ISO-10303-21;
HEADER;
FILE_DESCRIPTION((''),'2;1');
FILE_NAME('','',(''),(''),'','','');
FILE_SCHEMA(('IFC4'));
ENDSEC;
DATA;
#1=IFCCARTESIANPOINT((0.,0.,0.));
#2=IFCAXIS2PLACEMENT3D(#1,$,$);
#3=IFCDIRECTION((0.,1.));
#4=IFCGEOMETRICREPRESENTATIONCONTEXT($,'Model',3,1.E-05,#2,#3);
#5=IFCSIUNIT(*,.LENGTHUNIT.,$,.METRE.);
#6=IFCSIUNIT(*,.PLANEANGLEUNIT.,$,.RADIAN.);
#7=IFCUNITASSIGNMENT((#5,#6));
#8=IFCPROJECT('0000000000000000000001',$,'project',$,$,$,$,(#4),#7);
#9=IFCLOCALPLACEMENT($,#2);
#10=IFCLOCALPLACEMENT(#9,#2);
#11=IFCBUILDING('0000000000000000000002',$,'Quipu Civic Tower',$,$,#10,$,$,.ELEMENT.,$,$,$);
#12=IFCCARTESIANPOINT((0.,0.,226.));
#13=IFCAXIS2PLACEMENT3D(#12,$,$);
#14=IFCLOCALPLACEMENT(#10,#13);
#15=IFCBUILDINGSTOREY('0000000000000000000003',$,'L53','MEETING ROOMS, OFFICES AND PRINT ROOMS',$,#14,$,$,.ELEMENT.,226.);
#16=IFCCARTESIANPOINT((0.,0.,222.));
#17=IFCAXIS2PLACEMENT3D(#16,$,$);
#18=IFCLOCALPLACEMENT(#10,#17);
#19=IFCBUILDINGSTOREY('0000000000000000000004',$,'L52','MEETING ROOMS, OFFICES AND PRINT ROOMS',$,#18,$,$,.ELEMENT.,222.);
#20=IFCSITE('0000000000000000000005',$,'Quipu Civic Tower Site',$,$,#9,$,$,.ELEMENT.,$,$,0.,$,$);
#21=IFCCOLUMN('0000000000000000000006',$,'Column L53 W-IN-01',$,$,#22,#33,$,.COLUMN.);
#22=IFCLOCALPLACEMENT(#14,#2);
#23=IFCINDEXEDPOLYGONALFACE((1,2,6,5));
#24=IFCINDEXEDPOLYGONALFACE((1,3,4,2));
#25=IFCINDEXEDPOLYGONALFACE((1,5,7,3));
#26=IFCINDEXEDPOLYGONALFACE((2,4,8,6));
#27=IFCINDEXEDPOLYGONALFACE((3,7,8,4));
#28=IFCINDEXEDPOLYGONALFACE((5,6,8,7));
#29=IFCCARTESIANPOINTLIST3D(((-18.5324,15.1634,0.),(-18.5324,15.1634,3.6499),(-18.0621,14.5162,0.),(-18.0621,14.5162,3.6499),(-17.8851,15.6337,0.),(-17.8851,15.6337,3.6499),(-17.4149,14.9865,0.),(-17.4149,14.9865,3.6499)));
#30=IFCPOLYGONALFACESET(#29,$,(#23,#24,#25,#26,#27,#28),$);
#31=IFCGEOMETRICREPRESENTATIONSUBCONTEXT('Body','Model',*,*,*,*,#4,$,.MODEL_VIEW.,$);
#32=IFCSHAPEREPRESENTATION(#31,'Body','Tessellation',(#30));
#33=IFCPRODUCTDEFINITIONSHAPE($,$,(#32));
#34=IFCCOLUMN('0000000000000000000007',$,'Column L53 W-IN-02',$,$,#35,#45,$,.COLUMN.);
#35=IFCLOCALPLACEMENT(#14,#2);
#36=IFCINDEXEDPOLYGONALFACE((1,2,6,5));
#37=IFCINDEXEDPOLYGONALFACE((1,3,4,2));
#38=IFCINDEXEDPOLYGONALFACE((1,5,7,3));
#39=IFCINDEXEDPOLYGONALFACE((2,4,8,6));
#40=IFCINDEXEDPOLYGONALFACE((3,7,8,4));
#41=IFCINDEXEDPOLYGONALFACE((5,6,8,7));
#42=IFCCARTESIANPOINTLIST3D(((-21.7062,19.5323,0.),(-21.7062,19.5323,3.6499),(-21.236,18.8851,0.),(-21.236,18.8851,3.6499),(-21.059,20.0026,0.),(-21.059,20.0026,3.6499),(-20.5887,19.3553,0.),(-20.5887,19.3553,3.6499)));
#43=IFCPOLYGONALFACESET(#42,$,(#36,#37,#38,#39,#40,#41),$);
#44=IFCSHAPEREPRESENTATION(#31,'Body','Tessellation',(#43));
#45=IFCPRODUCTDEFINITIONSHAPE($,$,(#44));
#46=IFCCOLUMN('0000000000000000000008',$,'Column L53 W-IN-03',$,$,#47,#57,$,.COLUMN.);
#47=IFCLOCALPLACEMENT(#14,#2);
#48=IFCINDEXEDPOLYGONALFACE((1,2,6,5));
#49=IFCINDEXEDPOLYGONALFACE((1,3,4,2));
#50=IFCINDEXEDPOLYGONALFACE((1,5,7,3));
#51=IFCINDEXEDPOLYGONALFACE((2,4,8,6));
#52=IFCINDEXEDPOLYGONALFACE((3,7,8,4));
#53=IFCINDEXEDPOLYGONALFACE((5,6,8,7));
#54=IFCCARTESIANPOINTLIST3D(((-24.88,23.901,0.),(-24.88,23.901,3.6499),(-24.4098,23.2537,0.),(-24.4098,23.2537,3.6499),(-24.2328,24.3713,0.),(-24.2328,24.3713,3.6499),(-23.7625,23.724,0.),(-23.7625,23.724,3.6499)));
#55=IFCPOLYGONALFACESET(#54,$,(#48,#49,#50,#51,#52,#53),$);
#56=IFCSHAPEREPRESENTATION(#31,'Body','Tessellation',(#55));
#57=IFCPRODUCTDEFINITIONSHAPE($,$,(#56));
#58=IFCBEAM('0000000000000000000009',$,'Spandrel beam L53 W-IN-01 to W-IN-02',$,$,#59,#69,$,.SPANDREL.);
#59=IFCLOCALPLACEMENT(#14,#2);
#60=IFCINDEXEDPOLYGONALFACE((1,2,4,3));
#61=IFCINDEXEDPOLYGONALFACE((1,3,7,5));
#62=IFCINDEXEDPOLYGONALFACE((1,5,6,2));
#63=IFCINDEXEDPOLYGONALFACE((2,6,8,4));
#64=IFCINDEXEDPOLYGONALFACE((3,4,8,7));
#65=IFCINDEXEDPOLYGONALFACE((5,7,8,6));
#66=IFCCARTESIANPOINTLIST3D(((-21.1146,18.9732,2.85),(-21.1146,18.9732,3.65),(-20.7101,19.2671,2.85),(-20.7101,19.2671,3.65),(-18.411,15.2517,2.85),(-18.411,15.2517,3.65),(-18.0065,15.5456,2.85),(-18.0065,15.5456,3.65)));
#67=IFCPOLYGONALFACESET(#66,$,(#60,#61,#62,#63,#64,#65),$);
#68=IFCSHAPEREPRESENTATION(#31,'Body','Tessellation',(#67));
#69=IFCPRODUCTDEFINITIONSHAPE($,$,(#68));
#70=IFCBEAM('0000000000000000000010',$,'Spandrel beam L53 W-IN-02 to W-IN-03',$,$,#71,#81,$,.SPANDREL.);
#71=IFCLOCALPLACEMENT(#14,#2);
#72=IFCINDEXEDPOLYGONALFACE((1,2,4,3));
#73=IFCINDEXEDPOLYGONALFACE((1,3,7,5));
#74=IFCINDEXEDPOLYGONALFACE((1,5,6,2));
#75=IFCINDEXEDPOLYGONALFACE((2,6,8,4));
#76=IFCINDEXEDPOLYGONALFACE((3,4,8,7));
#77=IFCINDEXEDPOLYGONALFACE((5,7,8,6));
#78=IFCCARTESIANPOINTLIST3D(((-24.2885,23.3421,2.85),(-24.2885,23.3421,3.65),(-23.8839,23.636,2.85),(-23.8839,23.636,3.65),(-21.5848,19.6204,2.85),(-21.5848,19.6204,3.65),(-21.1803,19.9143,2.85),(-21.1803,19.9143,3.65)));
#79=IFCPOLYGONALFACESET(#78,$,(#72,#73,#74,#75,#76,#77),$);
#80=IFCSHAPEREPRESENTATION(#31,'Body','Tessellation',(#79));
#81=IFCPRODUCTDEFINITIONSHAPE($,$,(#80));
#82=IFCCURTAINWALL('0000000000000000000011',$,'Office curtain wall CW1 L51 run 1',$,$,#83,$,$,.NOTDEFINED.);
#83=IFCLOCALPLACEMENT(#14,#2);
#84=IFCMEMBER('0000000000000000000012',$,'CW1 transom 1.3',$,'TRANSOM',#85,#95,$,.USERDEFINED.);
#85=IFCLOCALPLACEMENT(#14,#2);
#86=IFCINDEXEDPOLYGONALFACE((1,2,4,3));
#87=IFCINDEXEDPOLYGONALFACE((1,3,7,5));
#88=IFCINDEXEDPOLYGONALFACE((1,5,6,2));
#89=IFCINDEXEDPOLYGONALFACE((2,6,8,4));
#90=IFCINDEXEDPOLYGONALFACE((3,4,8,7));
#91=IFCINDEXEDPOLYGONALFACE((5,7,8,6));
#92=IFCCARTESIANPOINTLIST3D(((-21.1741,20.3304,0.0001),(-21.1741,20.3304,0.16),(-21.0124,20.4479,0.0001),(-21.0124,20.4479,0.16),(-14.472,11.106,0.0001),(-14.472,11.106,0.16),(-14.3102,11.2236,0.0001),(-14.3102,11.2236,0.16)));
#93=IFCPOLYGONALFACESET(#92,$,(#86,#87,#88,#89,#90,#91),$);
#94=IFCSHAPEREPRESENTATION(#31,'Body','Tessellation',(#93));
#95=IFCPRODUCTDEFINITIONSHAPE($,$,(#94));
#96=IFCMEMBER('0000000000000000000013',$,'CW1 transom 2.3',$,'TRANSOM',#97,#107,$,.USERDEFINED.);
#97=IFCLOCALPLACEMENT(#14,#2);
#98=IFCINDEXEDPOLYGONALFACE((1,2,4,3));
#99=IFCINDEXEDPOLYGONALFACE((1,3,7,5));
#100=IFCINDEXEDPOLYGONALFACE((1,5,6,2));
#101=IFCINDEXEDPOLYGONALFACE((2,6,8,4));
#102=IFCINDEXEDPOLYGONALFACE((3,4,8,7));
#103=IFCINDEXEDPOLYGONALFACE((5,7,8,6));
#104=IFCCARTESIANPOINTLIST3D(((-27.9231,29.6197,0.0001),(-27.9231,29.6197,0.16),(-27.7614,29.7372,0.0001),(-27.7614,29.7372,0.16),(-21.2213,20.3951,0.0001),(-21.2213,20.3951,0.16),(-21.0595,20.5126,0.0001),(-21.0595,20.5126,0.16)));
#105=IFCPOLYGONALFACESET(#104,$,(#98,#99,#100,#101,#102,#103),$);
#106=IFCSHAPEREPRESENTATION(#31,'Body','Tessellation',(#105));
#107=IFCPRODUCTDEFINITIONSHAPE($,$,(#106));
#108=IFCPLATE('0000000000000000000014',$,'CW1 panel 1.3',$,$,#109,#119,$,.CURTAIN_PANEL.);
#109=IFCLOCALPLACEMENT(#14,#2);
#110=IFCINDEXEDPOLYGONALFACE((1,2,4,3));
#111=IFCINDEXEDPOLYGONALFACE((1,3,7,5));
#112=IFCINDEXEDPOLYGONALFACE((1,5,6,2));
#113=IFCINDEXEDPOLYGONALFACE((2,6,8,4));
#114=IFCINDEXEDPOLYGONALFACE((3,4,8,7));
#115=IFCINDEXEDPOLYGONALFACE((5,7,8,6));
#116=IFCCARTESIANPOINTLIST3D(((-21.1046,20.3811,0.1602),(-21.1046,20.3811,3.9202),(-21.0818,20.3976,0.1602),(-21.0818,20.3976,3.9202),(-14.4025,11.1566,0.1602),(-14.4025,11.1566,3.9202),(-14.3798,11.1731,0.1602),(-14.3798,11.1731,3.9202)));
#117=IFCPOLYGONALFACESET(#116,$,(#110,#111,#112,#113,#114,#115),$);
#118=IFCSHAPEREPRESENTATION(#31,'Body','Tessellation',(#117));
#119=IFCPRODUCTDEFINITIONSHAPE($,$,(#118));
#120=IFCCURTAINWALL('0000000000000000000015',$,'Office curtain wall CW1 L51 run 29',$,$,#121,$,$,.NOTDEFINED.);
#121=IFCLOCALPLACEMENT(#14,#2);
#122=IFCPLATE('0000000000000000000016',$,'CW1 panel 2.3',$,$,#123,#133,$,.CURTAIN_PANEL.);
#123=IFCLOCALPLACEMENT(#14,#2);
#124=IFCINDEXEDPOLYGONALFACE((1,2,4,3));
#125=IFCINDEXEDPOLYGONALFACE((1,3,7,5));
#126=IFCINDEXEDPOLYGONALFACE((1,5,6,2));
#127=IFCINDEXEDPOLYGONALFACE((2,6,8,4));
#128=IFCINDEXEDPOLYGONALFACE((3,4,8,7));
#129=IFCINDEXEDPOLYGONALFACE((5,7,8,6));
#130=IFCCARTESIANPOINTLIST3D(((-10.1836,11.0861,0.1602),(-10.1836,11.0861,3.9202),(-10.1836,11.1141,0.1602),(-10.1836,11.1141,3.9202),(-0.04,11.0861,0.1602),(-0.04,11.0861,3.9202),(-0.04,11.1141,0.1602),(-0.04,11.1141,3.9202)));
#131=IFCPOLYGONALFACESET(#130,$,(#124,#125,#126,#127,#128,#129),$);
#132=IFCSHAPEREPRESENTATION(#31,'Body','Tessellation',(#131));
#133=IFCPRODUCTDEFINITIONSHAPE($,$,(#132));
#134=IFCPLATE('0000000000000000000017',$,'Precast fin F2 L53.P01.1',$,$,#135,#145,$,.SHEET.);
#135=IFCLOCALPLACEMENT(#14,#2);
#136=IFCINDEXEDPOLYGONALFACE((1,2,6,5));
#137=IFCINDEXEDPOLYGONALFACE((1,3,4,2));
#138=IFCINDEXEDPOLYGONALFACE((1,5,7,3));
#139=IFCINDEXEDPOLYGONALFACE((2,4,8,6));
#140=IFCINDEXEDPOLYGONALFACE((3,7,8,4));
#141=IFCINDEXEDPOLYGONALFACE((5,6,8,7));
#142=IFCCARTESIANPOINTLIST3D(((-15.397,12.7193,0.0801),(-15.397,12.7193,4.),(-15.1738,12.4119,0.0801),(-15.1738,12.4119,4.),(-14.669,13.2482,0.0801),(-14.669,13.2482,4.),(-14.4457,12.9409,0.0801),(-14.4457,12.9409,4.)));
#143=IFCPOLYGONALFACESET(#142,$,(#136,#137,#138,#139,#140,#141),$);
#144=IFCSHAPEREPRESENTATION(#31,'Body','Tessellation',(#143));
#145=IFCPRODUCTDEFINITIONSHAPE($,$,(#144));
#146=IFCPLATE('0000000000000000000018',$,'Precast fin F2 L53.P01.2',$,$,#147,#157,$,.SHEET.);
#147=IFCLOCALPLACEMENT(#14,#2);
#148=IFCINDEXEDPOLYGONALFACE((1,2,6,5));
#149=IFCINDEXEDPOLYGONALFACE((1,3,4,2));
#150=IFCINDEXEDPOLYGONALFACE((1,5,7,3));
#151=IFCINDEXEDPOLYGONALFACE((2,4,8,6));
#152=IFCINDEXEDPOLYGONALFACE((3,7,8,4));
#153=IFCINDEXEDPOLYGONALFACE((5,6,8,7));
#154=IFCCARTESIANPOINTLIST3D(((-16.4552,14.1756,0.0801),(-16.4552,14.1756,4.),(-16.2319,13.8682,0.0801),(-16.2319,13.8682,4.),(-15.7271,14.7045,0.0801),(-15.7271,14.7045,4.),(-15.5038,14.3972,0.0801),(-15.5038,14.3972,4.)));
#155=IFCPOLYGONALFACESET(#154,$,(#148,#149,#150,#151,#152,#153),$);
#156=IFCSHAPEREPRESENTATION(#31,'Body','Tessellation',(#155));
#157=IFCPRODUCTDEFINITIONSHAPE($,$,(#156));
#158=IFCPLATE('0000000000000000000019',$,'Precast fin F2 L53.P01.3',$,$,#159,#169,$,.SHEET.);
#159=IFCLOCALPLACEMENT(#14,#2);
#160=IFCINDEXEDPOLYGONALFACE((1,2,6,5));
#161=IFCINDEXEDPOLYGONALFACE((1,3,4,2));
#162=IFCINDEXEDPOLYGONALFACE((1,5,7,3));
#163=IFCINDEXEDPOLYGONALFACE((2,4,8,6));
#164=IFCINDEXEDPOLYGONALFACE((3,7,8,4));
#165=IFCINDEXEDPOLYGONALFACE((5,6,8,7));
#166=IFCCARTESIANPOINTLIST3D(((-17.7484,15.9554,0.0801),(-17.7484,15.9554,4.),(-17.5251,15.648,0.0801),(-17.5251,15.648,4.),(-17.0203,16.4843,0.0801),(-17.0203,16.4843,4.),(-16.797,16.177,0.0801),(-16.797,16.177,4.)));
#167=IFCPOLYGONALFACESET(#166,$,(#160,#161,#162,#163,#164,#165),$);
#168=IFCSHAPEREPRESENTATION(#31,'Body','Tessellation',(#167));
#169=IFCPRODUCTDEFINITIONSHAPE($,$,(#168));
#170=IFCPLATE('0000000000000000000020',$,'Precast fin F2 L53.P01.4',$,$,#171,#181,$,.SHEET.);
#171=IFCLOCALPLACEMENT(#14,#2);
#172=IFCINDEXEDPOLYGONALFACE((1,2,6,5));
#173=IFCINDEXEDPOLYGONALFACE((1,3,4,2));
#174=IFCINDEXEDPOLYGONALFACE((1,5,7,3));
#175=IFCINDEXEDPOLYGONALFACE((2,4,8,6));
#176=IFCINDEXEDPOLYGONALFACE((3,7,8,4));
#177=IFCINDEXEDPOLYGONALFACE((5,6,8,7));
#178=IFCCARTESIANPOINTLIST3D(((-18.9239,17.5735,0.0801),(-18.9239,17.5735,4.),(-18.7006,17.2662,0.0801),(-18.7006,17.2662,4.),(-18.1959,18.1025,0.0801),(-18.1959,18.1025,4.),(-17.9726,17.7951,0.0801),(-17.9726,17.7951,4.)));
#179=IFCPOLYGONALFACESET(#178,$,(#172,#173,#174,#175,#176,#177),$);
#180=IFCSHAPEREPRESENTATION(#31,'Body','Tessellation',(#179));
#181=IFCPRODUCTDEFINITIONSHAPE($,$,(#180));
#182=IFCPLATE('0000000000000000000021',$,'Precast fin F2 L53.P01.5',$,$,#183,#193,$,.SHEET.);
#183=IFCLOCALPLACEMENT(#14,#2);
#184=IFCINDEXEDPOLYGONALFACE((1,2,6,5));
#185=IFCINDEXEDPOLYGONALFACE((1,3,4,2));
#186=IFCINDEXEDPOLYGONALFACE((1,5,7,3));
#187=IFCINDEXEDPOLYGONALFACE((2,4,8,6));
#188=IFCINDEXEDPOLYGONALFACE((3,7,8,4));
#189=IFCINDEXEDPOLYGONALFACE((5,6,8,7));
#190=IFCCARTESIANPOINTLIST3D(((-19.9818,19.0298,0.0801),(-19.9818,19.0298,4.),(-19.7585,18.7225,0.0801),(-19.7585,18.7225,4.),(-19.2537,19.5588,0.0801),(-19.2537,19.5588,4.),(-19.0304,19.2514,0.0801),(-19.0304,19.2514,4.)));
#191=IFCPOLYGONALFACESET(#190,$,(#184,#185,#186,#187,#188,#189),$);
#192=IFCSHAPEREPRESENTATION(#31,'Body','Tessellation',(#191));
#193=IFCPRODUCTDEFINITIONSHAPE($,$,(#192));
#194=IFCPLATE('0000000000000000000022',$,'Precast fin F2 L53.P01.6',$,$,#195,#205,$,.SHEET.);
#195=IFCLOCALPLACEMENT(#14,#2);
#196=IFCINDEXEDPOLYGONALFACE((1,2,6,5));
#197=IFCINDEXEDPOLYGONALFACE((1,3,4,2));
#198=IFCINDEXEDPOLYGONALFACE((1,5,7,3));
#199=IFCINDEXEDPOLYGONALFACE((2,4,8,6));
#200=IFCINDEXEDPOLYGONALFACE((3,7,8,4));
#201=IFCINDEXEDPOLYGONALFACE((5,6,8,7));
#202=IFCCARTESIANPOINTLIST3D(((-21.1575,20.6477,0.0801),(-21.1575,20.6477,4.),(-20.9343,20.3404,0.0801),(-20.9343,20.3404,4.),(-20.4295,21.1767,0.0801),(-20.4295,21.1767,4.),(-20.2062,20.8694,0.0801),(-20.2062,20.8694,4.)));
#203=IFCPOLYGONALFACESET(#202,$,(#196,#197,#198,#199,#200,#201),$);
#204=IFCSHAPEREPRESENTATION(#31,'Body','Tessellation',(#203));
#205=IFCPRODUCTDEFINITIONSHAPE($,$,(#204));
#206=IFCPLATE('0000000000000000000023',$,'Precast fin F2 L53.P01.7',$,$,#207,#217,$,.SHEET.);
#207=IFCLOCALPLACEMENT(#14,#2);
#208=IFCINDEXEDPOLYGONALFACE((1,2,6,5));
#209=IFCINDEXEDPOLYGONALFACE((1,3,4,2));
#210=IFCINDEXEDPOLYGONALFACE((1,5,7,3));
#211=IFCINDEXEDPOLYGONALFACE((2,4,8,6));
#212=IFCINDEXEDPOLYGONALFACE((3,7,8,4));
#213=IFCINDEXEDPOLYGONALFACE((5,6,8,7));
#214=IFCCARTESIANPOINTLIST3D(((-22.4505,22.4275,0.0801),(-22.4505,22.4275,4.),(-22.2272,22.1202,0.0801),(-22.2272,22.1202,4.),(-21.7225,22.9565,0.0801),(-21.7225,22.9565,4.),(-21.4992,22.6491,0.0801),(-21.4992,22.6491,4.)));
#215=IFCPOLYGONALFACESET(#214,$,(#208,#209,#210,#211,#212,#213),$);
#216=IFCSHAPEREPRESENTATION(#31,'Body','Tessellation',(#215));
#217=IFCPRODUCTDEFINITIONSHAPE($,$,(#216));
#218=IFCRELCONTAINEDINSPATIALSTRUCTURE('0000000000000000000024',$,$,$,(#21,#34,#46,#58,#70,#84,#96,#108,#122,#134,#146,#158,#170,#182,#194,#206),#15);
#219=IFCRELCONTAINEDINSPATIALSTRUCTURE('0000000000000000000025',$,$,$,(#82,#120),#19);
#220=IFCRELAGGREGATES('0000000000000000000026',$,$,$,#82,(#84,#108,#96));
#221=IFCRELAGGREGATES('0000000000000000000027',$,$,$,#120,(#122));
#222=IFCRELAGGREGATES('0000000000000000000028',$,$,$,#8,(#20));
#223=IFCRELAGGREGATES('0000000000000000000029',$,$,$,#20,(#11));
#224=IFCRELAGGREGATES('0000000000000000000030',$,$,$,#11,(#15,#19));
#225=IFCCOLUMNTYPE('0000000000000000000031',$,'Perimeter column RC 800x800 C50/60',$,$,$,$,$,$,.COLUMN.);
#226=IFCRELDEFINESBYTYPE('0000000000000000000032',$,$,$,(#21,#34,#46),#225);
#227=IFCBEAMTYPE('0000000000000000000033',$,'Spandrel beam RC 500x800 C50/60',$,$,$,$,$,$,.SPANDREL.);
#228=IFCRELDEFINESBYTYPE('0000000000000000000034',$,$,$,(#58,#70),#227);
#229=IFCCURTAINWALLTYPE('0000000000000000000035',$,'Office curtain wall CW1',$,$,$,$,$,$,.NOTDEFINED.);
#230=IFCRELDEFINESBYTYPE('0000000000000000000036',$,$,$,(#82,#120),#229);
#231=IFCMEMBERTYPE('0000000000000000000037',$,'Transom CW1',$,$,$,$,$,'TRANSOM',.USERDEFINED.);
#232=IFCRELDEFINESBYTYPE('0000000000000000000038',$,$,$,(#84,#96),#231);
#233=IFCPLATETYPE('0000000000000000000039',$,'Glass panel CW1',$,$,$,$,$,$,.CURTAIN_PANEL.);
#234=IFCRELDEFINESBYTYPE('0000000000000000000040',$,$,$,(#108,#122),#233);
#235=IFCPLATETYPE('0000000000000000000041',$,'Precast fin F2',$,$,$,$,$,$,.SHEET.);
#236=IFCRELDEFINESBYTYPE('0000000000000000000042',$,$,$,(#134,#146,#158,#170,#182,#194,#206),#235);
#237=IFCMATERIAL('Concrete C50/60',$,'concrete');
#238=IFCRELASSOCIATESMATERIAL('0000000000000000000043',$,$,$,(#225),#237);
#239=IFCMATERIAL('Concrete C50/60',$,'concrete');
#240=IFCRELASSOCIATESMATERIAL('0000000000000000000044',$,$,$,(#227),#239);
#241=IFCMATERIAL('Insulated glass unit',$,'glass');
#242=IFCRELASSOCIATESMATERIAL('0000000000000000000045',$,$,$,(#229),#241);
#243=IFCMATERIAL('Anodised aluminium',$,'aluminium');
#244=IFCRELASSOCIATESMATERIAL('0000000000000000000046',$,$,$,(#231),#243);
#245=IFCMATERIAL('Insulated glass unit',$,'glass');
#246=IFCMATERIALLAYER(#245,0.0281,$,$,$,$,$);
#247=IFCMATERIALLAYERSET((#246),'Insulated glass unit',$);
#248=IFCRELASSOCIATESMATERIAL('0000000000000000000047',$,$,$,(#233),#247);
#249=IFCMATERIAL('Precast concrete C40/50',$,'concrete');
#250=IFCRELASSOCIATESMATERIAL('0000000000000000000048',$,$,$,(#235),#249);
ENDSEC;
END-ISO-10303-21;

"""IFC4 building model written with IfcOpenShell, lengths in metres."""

from ifc_helpers import new_model, si_unit, direction, frame, origin, origin_2d, place, context, subcontext, project, spatial, rectangle, extrude, material, layer, layer_set, material_profile, profile_set, type_object, element, aggregate, save


model = new_model("IFC4")

# Units and contexts
model_context = context("Model", 3, precision=1e-05, world=origin(), true_north=direction((0.0, 1.0)))
body_context = subcontext(model_context, "Body", "Model", "MODEL_VIEW")
ifc_project = project(units=[si_unit("LENGTHUNIT", "METRE"), si_unit("PLANEANGLEUNIT", "RADIAN")], contexts=[model_context])

# Site, building, storey
site_placement = place(None, origin())
site = spatial("IfcSite", under=ifc_project, at=site_placement, Name="Quipu Civic Tower Site", CompositionType="ELEMENT", RefElevation=0.0)
building_placement = place(site_placement, origin())
building = spatial("IfcBuilding", under=site, at=building_placement, Name="Quipu Civic Tower", CompositionType="ELEMENT")
storey_1_placement = place(building_placement, frame((0.0, 0.0, 226.0)))
storey_1 = spatial("IfcBuildingStorey", under=building, at=storey_1_placement, Name="L53", Description="MEETING ROOMS, OFFICES AND PRINT ROOMS", CompositionType="ELEMENT", Elevation=226.0)

# Columns
ifc_material_1 = material(Name="Concrete C50/60", Category="concrete")
ifc_material_profile_1 = material_profile(ifc_material_1, rectangle(XDim=0.8, YDim=0.8, at=origin_2d()), Name="RC800x800")
ifc_profile_set_1 = profile_set([ifc_material_profile_1], Name="Concrete C50/60")
column_type = type_object("IfcColumnType", Name="Perimeter column RC 800x800 C50/60", PredefinedType="COLUMN", material=ifc_profile_set_1)
for number, where, z_axis, x_axis, name in (
    (1, (-17.9736, 15.075, 0.0), (0.0, 0.0, 1.0), (-0.587785, 0.809017, 0.0), "Column L53 W-IN-01"),
    (2, (-21.1475, 19.4438, 0.0), (0.0, 0.0, 1.0), (-0.587785, 0.809017, 0.0), "Column L53 W-IN-02"),
    (3, (-24.3213, 23.8125, 0.0), (0.0, 0.0, 1.0), (-0.587785, 0.809017, 0.0), "Column L53 W-IN-03"),
):
    element("IfcColumn", number, at=place(storey_1_placement, frame(where, z_axis=z_axis, x_axis=x_axis)), inside=storey_1, type_object=column_type, Name=name, PredefinedType="COLUMN", context=body_context, shape_type="SweptSolid", body=[
        extrude(rectangle(XDim=0.8, YDim=0.8, at=origin_2d()), origin(), (0.0, 0.0, 1.0), 3.6499),
    ])

# Beams
ifc_material_2 = material(Name="Concrete C50/60", Category="concrete")
ifc_material_profile_2 = material_profile(ifc_material_2, rectangle(XDim=0.5, YDim=0.8, at=origin_2d()), Name="RC500x800")
ifc_profile_set_2 = profile_set([ifc_material_profile_2], Name="Concrete C50/60")
beam_type = type_object("IfcBeamType", Name="Spandrel beam RC 500x800 C50/60", PredefinedType="SPANDREL", material=ifc_profile_set_2)
beam_1_placement = place(storey_1_placement, frame((-18.2087, 15.3987, 3.25), z_axis=(-0.587761, 0.809034, 0.0), x_axis=(-0.809034, -0.587761, 0.0)))
element("IfcBeam", 4, at=beam_1_placement, inside=storey_1, type_object=beam_type, Name="Spandrel beam L53 W-IN-01 to W-IN-02", PredefinedType="SPANDREL", context=body_context, shape_type="SweptSolid", body=[
    extrude(rectangle(XDim=0.5, YDim=0.8, at=origin_2d()), origin(), (0.0, 0.0, 1.0), 4.5999),
])
beam_2_placement = place(storey_1_placement, frame((-21.3826, 19.7673, 3.25), z_axis=(-0.587736, 0.809053, 0.0), x_axis=(-0.809053, -0.587736, 0.0)))
element("IfcBeam", 5, at=beam_2_placement, inside=storey_1, type_object=beam_type, Name="Spandrel beam L53 W-IN-02 to W-IN-03", PredefinedType="SPANDREL", context=body_context, shape_type="SweptSolid", body=[
    extrude(rectangle(XDim=0.5, YDim=0.8, at=origin_2d()), origin(), (0.0, 0.0, 1.0), 4.6001),
])

# Shared definitions
storey_2_placement = place(building_placement, frame((0.0, 0.0, 222.0)))
storey_2 = spatial("IfcBuildingStorey", under=building, at=storey_2_placement, Name="L52", Description="MEETING ROOMS, OFFICES AND PRINT ROOMS", CompositionType="ELEMENT", Elevation=222.0)

# Curtain wall, members, plate
ifc_material_3 = material(Name="Insulated glass unit", Category="glass")
curtain_wall_type = type_object("IfcCurtainWallType", Name="Office curtain wall CW1", PredefinedType="NOTDEFINED", material=ifc_material_3)
curtain_wall_1_placement = place(storey_2_placement, origin())
curtain_wall_1 = element("IfcCurtainWall", 6, at=curtain_wall_1_placement, inside=storey_2, type_object=curtain_wall_type, Name="Office curtain wall CW1 L51 run 1", PredefinedType="NOTDEFINED")
ifc_material_4 = material(Name="Anodised aluminium", Category="aluminium")
ifc_material_profile_3 = material_profile(ifc_material_4, rectangle(XDim=0.2, YDim=0.1599, at=origin_2d()), Name="RECT 200x160")
ifc_profile_set_3 = profile_set([ifc_material_profile_3], Name="Anodised aluminium")
member_type = type_object("IfcMemberType", Name="Transom CW1", ElementType="TRANSOM", PredefinedType="USERDEFINED", material=ifc_profile_set_3)
member_1_placement = place(storey_1_placement, frame((-14.3911, 11.1648, 0.0801), z_axis=(-0.5878, 0.809006, 0.0), x_axis=(-0.809006, -0.5878, 0.0)))
member_1 = element("IfcMember", 7, at=member_1_placement, inside=storey_1, type_object=member_type, Name="CW1 transom 1.3", ObjectType="TRANSOM", PredefinedType="USERDEFINED", context=body_context, shape_type="SweptSolid", body=[
    extrude(rectangle(XDim=0.2, YDim=0.1599, at=origin_2d()), origin(), (0.0, 0.0, 1.0), 11.4021),
])
member_2_placement = place(storey_1_placement, frame((-21.1404, 20.4539, 0.0801), z_axis=(-0.587776, 0.809024, 0.0), x_axis=(-0.809024, -0.587776, 0.0)))
member_2 = element("IfcMember", 8, at=member_2_placement, inside=storey_1, type_object=member_type, Name="CW1 transom 2.3", ObjectType="TRANSOM", PredefinedType="USERDEFINED", context=body_context, shape_type="SweptSolid", body=[
    extrude(rectangle(XDim=0.2, YDim=0.1599, at=origin_2d()), origin(), (0.0, 0.0, 1.0), 11.4021),
])
ifc_material_5 = material(Name="Insulated glass unit", Category="glass")
ifc_layer = layer(ifc_material_5, 0.0281)
ifc_layer_set = layer_set([ifc_layer], Name="Insulated glass unit")
plate_type_1 = type_object("IfcPlateType", Name="Glass panel CW1", PredefinedType="CURTAIN_PANEL", material=ifc_layer_set)
plate_1_placement = place(storey_1_placement, frame((-17.7422, 15.7771, 0.1602), z_axis=(0.0, 0.0, 1.0), x_axis=(-0.587789, 0.809014, 0.0)))
plate_1 = element("IfcPlate", 9, at=plate_1_placement, inside=storey_1, type_object=plate_type_1, Name="CW1 panel 1.3", PredefinedType="CURTAIN_PANEL", context=body_context, shape_type="SweptSolid", body=[
    extrude(rectangle(XDim=11.4021, YDim=0.0281, at=origin_2d()), origin(), (0.0, 0.0, 1.0), 3.76),
])
aggregate(curtain_wall_1, [member_1, plate_1, member_2])

# Curtain wall, plate
curtain_wall_2_placement = place(storey_2_placement, origin())
curtain_wall_2 = element("IfcCurtainWall", 10, at=curtain_wall_2_placement, inside=storey_2, type_object=curtain_wall_type, Name="Office curtain wall CW1 L51 run 29", PredefinedType="NOTDEFINED")
plate_2_placement = place(storey_1_placement, frame((-5.1118, 11.1001, 0.1602), z_axis=(0.0, 0.0, 1.0), x_axis=(-1.0, 0.0, 0.0)))
plate_2 = element("IfcPlate", 11, at=plate_2_placement, inside=storey_1, type_object=plate_type_1, Name="CW1 panel 2.3", PredefinedType="CURTAIN_PANEL", context=body_context, shape_type="SweptSolid", body=[
    extrude(rectangle(XDim=10.1436, YDim=0.0281, at=origin_2d()), origin(), (0.0, 0.0, 1.0), 3.76),
])
aggregate(curtain_wall_2, [plate_2])

# Plates
ifc_material_6 = material(Name="Precast concrete C40/50", Category="concrete")
plate_type_2 = type_object("IfcPlateType", Name="Precast fin F2", PredefinedType="SHEET", material=ifc_material_6)
for number, where, z_axis, x_axis, name in (
    (12, (-14.9214, 12.8301, 0.0801), (0.0, 0.0, 1.0), (-0.587787, 0.809016, 0.0), "Precast fin F2 L53.P01.1"),
    (13, (-15.9795, 14.2864, 0.0801), (0.0, 0.0, 1.0), (-0.587787, 0.809016, 0.0), "Precast fin F2 L53.P01.2"),
    (14, (-17.2727, 16.0662, 0.0801), (0.0, 0.0, 1.0), (-0.587787, 0.809016, 0.0), "Precast fin F2 L53.P01.3"),
    (15, (-18.4482, 17.6843, 0.0801), (0.0, 0.0, 1.0), (-0.587787, 0.809016, 0.0), "Precast fin F2 L53.P01.4"),
    (16, (-19.5061, 19.1406, 0.0801), (0.0, 0.0, 1.0), (-0.587787, 0.809016, 0.0), "Precast fin F2 L53.P01.5"),
    (17, (-20.6819, 20.7585, 0.0801), (0.0, 0.0, 1.0), (-0.587787, 0.809016, 0.0), "Precast fin F2 L53.P01.6"),
    (18, (-21.9749, 22.5383, 0.0801), (0.0, 0.0, 1.0), (-0.587787, 0.809016, 0.0), "Precast fin F2 L53.P01.7"),
):
    element("IfcPlate", number, at=place(storey_1_placement, frame(where, z_axis=z_axis, x_axis=x_axis)), inside=storey_1, type_object=plate_type_2, Name=name, PredefinedType="SHEET", context=body_context, shape_type="SweptSolid", body=[
        extrude(rectangle(XDim=0.3799, YDim=0.8999, at=origin_2d()), origin(), (0.0, 0.0, 1.0), 3.9199),
    ])

save(model, "model.ifc")
